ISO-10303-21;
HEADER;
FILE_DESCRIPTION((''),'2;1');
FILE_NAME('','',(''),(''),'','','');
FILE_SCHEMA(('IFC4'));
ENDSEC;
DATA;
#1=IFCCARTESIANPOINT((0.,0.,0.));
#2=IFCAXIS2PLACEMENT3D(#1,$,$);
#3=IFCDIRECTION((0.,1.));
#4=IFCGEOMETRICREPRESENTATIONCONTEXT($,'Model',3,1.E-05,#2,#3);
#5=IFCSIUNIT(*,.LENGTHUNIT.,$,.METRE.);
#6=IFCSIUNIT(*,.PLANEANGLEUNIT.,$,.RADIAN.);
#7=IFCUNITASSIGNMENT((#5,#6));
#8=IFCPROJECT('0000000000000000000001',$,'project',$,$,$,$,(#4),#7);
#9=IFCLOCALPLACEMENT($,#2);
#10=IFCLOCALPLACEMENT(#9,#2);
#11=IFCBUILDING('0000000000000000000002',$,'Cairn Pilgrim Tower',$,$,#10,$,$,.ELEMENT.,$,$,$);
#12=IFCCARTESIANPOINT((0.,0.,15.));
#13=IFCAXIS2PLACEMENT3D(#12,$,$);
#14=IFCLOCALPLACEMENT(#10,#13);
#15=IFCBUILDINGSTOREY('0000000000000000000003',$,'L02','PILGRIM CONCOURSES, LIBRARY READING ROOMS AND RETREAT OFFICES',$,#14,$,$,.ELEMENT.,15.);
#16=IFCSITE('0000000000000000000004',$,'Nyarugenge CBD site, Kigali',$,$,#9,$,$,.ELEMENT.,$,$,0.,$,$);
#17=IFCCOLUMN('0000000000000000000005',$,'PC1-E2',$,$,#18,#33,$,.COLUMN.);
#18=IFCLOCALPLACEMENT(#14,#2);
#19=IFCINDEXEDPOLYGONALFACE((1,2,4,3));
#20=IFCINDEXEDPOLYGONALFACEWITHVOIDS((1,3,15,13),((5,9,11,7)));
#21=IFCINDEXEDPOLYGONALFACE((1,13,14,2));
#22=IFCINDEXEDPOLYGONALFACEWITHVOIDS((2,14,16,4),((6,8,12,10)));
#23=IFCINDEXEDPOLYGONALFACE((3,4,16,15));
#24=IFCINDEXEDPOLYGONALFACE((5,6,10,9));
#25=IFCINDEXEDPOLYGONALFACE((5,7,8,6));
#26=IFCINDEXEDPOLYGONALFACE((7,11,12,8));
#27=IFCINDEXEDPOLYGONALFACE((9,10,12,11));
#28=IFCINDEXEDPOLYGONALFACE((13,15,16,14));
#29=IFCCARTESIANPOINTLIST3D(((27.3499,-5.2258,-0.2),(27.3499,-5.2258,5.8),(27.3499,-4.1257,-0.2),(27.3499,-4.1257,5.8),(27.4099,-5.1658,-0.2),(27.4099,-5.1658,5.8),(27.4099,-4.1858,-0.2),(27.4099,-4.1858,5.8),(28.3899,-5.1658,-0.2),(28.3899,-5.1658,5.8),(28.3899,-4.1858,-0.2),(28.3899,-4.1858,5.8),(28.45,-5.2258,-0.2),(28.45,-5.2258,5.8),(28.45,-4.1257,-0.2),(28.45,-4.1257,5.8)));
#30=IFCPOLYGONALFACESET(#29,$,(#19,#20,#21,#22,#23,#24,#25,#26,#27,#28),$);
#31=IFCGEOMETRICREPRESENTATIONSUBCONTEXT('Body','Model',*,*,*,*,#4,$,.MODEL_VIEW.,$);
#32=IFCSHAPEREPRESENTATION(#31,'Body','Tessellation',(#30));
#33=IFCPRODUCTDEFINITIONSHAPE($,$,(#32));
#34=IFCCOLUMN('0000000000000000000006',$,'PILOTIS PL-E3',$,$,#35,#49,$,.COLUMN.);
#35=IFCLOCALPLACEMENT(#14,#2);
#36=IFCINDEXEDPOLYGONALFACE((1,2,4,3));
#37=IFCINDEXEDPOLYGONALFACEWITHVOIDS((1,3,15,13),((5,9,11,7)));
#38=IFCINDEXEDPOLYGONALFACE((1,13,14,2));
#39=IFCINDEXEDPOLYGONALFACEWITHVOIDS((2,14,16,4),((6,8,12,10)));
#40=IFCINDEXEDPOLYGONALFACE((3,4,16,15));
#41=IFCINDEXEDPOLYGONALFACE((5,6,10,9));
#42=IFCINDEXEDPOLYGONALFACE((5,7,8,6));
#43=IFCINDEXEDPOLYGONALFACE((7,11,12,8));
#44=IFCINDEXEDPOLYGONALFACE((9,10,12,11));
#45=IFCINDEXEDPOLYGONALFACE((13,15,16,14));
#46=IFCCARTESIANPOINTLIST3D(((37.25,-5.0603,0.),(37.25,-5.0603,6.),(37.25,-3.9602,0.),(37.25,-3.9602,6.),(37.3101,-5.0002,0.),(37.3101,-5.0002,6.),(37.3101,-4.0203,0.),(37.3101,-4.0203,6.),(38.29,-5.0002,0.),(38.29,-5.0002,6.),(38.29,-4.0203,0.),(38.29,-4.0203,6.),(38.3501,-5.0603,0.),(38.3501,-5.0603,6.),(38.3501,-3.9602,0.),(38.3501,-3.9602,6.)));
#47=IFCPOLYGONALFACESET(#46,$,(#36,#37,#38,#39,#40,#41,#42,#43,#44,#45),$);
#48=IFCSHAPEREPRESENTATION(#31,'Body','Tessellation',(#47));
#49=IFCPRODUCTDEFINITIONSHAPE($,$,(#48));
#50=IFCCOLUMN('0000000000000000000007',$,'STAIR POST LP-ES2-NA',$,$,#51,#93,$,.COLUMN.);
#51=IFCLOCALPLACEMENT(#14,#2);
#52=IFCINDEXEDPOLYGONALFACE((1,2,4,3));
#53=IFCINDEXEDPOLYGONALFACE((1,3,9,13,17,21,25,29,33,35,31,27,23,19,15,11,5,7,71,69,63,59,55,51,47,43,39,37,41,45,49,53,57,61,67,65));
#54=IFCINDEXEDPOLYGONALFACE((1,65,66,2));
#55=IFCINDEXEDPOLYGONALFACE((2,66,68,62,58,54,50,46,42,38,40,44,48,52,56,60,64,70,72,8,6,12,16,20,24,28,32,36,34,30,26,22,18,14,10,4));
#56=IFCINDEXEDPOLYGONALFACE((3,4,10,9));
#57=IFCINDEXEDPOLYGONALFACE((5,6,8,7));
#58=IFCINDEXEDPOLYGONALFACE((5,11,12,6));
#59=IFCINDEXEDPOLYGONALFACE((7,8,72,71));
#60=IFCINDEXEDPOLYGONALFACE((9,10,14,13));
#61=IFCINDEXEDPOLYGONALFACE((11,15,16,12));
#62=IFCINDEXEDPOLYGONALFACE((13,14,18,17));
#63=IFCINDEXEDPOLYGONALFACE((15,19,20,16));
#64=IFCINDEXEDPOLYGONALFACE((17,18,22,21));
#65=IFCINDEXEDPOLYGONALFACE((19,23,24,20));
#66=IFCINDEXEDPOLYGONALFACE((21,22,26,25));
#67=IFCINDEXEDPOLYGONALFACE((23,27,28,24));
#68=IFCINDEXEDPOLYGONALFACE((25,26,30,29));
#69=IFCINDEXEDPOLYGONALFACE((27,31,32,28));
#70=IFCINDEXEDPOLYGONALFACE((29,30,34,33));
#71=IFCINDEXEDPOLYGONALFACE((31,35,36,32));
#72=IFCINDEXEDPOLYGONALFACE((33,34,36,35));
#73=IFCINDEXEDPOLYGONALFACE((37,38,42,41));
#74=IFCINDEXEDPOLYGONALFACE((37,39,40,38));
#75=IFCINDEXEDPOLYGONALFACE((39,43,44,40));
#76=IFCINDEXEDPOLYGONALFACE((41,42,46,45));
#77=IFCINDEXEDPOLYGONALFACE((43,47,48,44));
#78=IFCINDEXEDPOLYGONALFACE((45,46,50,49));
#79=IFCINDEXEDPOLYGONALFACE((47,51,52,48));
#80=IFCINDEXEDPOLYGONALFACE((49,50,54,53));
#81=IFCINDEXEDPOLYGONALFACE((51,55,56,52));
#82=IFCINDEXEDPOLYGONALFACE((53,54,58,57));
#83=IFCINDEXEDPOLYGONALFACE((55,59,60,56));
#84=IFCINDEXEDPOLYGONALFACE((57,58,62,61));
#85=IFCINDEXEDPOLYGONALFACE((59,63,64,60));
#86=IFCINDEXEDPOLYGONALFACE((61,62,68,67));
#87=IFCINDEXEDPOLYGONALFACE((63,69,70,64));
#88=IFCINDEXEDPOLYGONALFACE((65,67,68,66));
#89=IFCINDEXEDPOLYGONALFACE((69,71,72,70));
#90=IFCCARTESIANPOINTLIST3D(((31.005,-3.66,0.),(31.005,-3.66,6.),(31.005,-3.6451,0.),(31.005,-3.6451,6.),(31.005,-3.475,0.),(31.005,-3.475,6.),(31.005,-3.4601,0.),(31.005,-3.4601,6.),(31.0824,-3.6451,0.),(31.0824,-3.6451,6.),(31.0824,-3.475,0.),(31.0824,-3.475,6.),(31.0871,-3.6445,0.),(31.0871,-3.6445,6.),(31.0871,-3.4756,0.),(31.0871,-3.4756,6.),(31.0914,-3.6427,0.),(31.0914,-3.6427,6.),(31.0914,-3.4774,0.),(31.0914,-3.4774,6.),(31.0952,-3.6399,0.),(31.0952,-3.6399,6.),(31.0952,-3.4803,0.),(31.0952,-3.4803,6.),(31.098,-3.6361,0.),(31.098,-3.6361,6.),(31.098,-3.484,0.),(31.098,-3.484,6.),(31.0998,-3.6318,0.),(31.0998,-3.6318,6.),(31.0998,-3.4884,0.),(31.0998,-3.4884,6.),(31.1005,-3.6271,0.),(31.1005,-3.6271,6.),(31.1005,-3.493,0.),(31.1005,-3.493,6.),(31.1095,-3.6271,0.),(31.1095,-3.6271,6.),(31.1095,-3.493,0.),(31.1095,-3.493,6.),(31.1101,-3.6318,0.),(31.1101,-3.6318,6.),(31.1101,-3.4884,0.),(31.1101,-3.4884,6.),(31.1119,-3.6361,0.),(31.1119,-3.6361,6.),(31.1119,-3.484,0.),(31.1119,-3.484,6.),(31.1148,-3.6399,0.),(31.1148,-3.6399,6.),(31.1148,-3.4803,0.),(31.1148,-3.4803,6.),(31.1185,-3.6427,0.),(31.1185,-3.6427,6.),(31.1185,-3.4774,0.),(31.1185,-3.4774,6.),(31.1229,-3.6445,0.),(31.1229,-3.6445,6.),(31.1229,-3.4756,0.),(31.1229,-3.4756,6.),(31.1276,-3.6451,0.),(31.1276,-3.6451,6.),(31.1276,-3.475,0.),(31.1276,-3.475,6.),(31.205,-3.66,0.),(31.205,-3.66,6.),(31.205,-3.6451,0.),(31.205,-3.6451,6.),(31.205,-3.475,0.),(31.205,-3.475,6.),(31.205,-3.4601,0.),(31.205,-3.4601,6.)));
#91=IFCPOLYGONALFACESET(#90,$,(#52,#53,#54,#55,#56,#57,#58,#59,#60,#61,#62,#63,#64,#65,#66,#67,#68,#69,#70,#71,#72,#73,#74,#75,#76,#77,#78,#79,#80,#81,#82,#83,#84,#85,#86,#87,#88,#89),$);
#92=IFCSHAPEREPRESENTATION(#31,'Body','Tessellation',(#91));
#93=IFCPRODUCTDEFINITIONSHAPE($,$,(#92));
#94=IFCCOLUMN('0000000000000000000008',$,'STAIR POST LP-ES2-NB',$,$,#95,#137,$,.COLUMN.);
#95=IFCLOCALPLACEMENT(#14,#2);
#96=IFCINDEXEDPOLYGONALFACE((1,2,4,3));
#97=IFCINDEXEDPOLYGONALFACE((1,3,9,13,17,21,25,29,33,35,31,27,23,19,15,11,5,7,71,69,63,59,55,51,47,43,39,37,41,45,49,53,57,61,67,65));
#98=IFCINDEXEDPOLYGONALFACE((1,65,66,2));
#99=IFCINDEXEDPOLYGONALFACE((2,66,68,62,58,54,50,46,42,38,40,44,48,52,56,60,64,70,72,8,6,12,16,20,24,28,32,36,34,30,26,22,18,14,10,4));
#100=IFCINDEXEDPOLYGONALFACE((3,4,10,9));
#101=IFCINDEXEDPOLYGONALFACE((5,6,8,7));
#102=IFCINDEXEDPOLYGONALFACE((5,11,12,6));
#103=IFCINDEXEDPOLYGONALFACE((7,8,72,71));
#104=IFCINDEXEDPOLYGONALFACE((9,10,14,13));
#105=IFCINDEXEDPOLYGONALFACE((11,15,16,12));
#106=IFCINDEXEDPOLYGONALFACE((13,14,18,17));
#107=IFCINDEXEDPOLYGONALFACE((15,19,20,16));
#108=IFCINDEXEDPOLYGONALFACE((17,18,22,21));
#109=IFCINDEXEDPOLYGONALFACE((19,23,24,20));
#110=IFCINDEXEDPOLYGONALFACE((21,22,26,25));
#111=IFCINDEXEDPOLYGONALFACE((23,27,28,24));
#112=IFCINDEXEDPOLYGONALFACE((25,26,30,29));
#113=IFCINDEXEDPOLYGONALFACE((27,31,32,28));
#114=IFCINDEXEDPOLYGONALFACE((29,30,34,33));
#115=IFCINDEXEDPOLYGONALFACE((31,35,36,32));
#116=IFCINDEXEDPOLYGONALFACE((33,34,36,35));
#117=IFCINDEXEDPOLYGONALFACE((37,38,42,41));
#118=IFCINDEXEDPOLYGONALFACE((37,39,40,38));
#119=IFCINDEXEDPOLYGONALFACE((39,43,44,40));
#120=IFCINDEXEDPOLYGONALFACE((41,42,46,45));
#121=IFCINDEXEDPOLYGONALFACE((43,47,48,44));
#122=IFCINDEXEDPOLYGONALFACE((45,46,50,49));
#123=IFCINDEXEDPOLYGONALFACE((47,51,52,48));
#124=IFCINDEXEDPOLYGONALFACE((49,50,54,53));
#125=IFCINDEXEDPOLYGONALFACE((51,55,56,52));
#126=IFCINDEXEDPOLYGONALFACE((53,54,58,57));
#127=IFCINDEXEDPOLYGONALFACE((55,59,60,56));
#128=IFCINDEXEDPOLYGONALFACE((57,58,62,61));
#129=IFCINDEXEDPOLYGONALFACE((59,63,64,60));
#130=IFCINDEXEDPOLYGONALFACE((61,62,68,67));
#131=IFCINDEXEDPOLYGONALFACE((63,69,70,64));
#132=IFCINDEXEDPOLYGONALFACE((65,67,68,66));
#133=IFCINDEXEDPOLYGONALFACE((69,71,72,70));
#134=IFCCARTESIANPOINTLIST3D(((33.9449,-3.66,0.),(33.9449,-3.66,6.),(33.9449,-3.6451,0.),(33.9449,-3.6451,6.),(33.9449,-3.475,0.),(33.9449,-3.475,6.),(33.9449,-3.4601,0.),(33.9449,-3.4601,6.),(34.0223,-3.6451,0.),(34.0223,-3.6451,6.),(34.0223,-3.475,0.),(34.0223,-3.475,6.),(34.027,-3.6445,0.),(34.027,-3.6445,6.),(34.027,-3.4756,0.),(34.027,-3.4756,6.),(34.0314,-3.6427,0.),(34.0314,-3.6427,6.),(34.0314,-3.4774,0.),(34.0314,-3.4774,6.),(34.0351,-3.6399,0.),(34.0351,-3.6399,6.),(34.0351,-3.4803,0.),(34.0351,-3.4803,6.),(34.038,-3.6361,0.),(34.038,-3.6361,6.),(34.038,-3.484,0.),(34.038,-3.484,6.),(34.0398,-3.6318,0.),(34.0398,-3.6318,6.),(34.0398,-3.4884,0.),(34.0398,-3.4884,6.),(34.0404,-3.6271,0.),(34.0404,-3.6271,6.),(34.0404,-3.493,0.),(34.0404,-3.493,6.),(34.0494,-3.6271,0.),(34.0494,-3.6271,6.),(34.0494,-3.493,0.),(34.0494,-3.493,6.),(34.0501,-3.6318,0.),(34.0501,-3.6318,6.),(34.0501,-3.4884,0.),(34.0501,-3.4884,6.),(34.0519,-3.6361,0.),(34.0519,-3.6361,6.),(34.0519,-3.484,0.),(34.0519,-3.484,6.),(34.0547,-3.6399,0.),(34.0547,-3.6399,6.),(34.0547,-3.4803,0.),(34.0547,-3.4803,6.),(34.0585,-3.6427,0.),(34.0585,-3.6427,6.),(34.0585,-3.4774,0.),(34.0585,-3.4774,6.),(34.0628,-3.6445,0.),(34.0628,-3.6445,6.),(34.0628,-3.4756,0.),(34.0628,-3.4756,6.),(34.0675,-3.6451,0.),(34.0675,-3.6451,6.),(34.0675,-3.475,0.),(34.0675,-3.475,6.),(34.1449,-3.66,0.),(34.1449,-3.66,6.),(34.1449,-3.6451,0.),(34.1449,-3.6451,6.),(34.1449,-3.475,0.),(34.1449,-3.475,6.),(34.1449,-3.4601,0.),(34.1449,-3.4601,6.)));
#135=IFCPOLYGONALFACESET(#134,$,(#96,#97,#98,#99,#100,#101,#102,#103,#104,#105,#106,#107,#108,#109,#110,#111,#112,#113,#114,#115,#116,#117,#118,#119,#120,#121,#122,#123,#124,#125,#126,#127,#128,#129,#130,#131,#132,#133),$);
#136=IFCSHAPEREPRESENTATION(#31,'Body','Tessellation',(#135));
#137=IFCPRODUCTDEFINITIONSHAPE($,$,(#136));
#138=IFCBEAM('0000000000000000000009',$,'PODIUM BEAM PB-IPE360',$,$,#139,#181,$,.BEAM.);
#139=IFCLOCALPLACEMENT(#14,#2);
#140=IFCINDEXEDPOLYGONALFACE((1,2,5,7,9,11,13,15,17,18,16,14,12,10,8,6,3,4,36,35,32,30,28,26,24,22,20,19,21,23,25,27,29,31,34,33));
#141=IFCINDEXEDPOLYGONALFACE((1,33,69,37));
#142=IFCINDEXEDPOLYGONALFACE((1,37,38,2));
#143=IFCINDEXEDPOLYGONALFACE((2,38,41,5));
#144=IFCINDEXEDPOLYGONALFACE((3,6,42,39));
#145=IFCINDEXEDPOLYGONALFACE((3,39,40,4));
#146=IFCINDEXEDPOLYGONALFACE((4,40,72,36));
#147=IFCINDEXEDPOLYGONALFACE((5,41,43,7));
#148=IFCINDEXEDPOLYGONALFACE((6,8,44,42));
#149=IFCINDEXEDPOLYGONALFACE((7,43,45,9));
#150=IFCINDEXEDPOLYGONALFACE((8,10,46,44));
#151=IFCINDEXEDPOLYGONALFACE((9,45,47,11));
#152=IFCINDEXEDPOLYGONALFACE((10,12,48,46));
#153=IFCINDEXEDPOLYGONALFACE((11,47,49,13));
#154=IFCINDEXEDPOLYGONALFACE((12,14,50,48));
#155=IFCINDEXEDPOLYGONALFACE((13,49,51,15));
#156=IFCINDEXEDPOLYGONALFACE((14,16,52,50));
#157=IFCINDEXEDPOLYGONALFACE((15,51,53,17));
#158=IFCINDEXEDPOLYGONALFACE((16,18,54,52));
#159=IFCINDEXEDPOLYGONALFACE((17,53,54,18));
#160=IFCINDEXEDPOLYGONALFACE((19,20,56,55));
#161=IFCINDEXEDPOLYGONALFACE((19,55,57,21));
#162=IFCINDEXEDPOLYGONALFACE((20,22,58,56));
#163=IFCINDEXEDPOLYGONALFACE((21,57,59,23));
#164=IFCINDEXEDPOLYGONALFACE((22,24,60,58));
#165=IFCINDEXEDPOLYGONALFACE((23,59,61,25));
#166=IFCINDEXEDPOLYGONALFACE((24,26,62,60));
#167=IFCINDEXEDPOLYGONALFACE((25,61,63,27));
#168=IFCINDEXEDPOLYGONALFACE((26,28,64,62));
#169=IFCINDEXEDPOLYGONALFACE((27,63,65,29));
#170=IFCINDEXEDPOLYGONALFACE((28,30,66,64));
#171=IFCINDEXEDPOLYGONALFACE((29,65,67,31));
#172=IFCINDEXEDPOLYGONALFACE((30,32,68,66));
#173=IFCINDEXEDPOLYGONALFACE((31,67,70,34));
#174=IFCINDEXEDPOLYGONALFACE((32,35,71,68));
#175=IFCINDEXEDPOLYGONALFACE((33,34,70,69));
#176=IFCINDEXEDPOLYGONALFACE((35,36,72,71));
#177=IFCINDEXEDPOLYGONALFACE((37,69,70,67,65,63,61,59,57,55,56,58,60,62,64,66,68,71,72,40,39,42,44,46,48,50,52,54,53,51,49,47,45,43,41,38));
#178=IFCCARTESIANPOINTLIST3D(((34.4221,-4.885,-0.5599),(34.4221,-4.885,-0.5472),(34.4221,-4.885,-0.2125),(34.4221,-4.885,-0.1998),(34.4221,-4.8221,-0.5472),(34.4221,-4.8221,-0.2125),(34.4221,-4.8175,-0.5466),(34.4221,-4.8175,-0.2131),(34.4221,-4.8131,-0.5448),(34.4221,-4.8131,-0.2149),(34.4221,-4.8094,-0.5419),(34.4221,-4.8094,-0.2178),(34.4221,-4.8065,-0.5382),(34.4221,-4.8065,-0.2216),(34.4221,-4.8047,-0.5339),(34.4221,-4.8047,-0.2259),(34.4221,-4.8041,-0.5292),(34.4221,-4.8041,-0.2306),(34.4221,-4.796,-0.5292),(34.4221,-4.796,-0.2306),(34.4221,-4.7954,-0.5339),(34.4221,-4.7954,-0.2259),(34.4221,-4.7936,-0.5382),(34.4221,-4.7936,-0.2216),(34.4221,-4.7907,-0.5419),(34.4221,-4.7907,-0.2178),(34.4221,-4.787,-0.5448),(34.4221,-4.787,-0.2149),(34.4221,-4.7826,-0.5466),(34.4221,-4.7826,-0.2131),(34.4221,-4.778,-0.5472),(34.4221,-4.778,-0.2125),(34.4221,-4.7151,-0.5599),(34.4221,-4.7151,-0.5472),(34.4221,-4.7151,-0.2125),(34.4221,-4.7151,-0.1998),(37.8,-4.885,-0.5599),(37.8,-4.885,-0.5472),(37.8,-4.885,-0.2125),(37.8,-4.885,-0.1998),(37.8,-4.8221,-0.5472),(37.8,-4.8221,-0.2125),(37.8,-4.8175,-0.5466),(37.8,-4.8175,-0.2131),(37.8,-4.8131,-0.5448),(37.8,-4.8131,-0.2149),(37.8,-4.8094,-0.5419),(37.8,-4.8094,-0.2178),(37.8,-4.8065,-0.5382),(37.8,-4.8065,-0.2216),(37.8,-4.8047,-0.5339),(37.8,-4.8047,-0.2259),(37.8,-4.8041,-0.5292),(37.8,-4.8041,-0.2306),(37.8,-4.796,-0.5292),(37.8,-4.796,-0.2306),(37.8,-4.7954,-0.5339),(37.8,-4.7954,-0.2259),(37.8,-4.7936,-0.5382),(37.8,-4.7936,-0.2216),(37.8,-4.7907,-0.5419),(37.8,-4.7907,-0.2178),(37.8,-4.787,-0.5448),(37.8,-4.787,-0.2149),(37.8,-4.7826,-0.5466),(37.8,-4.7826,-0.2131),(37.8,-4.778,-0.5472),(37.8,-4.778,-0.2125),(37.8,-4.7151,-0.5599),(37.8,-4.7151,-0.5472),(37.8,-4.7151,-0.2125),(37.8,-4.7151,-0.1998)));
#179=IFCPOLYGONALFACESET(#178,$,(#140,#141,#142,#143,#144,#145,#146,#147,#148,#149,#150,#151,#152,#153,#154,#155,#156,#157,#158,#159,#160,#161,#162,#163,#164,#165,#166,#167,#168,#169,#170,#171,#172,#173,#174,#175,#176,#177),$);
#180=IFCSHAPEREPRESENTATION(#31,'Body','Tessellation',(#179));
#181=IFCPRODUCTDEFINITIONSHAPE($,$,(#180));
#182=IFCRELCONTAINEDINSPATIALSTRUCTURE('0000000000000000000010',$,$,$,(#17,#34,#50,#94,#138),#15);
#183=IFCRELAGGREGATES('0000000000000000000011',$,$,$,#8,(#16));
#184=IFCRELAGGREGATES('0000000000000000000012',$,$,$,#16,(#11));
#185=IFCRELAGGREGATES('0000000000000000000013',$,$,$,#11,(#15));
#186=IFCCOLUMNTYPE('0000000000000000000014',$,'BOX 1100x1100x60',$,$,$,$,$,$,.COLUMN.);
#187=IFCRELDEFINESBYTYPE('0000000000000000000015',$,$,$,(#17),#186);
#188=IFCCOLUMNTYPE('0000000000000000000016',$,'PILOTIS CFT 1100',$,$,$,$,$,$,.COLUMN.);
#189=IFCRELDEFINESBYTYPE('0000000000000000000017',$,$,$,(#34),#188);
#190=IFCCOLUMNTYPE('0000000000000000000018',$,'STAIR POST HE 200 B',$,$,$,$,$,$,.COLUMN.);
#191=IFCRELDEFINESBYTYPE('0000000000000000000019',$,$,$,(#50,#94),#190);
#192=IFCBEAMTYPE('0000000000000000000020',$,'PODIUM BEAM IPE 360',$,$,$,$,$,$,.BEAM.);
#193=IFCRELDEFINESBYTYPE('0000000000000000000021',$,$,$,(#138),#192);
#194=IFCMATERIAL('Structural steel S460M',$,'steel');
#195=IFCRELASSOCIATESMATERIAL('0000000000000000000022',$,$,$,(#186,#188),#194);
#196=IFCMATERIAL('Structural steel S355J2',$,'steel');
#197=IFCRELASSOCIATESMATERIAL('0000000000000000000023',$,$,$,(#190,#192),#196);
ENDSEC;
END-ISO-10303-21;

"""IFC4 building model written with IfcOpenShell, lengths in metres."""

from ifc_helpers import new_model, si_unit, direction, frame, origin, origin_2d, place, context, subcontext, project, spatial, hollow_rectangle, i_section, extrude, material, material_profile, profile_set, type_object, element, save


model = new_model("IFC4")

# Units and contexts
model_context = context("Model", 3, precision=1e-05, world=origin(), true_north=direction((0.0, 1.0)))
body_context = subcontext(model_context, "Body", "Model", "MODEL_VIEW")
ifc_project = project(units=[si_unit("LENGTHUNIT", "METRE"), si_unit("PLANEANGLEUNIT", "RADIAN")], contexts=[model_context])

# Site, building, storey
site_placement = place(None, origin())
site = spatial("IfcSite", under=ifc_project, at=site_placement, Name="Nyarugenge CBD site, Kigali", CompositionType="ELEMENT", RefElevation=0.0)
building_placement = place(site_placement, origin())
building = spatial("IfcBuilding", under=site, at=building_placement, Name="Cairn Pilgrim Tower", CompositionType="ELEMENT")
storey_placement = place(building_placement, frame((0.0, 0.0, 15.0)))
storey = spatial("IfcBuildingStorey", under=building, at=storey_placement, Name="L02", Description="PILGRIM CONCOURSES, LIBRARY READING ROOMS AND RETREAT OFFICES", CompositionType="ELEMENT", Elevation=15.0)

# Columns
ifc_material_1 = material(Name="Structural steel S460M", Category="steel")
ifc_material_profile_1 = material_profile(ifc_material_1, hollow_rectangle(XDim=1.1001, YDim=1.1001, WallThickness=0.0601, at=origin_2d()), Name="BOX 1100x1100x60")
ifc_profile_set_1 = profile_set([ifc_material_profile_1], Name="Structural steel S460M")
column_type_1 = type_object("IfcColumnType", Name="BOX 1100x1100x60", PredefinedType="COLUMN", material=ifc_profile_set_1)
column_1_placement = place(storey_placement, frame((27.8999, -4.6758, -0.2), z_axis=(0.0, 0.0, 1.0), x_axis=(1.0, 0.0, 0.0)))
element("IfcColumn", 1, at=column_1_placement, inside=storey, type_object=column_type_1, Name="PC1-E2", PredefinedType="COLUMN", context=body_context, shape_type="SweptSolid", body=[
    extrude(hollow_rectangle(XDim=1.1001, YDim=1.1001, WallThickness=0.0601, at=origin_2d()), origin(), (0.0, 0.0, 1.0), 6.0),
])
ifc_material_profile_2 = material_profile(ifc_material_1, hollow_rectangle(XDim=1.1001, YDim=1.1001, WallThickness=0.0601, at=origin_2d()), Name="BOX 1100x1100x60")
ifc_profile_set_2 = profile_set([ifc_material_profile_2], Name="Structural steel S460M")
column_type_2 = type_object("IfcColumnType", Name="PILOTIS CFT 1100", PredefinedType="COLUMN", material=ifc_profile_set_2)
column_2_placement = place(storey_placement, frame((37.8, -4.5103, 0.0), z_axis=(0.0, 0.0, 1.0), x_axis=(1.0, 0.0, 0.0)))
element("IfcColumn", 2, at=column_2_placement, inside=storey, type_object=column_type_2, Name="PILOTIS PL-E3", PredefinedType="COLUMN", context=body_context, shape_type="SweptSolid", body=[
    extrude(hollow_rectangle(XDim=1.1001, YDim=1.1001, WallThickness=0.0601, at=origin_2d()), origin(), (0.0, 0.0, 1.0), 6.0),
])
ifc_material_2 = material(Name="Structural steel S355J2", Category="steel")
ifc_material_profile_3 = material_profile(ifc_material_2, i_section(OverallWidth=0.2, OverallDepth=0.2, WebThickness=0.009, FlangeThickness=0.0149, FilletRadius=0.0181, at=origin_2d()), Name="HE 200 B")
ifc_profile_set_3 = profile_set([ifc_material_profile_3], Name="Structural steel S355J2")
column_type_3 = type_object("IfcColumnType", Name="STAIR POST HE 200 B", PredefinedType="COLUMN", material=ifc_profile_set_3)
for number, where, z_axis, x_axis, name in (
    (3, (31.105, -3.5601, 0.0), (0.0, 0.0, 1.0), (1.0, 0.0, 0.0), "STAIR POST LP-ES2-NA"),
    (4, (34.0449, -3.5601, 0.0), (0.0, 0.0, 1.0), (1.0, 0.0, 0.0), "STAIR POST LP-ES2-NB"),
):
    element("IfcColumn", number, at=place(storey_placement, frame(where, z_axis=z_axis, x_axis=x_axis)), inside=storey, type_object=column_type_3, Name=name, PredefinedType="COLUMN", context=body_context, shape_type="SweptSolid", body=[
        extrude(i_section(OverallWidth=0.2, OverallDepth=0.2, WebThickness=0.009, FlangeThickness=0.0149, FilletRadius=0.0181, at=origin_2d()), origin(), (0.0, 0.0, 1.0), 6.0),
    ])

# Beam
ifc_material_profile_4 = material_profile(ifc_material_2, i_section(OverallWidth=0.1699, OverallDepth=0.3601, WebThickness=0.0081, FlangeThickness=0.0127, FilletRadius=0.0181, at=origin_2d()), Name="IPE 360")
ifc_profile_set_4 = profile_set([ifc_material_profile_4], Name="Structural steel S355J2")
beam_type_1 = type_object("IfcBeamType", Name="PODIUM BEAM IPE 360", PredefinedType="BEAM", material=ifc_profile_set_4)
beam_1_placement = place(storey_placement, frame((34.4221, -4.8, -0.3799), z_axis=(1.0, 0.0, 0.0), x_axis=(0.0, 1.0, 0.0)))
element("IfcBeam", 5, at=beam_1_placement, inside=storey, type_object=beam_type_1, Name="PODIUM BEAM PB-IPE360", PredefinedType="BEAM", context=body_context, shape_type="SweptSolid", body=[
    extrude(i_section(OverallWidth=0.1699, OverallDepth=0.3601, WebThickness=0.0081, FlangeThickness=0.0127, FilletRadius=0.0181, at=origin_2d()), origin(), (0.0, 0.0, 1.0), 3.3779),
])

save(model, "model.ifc")
